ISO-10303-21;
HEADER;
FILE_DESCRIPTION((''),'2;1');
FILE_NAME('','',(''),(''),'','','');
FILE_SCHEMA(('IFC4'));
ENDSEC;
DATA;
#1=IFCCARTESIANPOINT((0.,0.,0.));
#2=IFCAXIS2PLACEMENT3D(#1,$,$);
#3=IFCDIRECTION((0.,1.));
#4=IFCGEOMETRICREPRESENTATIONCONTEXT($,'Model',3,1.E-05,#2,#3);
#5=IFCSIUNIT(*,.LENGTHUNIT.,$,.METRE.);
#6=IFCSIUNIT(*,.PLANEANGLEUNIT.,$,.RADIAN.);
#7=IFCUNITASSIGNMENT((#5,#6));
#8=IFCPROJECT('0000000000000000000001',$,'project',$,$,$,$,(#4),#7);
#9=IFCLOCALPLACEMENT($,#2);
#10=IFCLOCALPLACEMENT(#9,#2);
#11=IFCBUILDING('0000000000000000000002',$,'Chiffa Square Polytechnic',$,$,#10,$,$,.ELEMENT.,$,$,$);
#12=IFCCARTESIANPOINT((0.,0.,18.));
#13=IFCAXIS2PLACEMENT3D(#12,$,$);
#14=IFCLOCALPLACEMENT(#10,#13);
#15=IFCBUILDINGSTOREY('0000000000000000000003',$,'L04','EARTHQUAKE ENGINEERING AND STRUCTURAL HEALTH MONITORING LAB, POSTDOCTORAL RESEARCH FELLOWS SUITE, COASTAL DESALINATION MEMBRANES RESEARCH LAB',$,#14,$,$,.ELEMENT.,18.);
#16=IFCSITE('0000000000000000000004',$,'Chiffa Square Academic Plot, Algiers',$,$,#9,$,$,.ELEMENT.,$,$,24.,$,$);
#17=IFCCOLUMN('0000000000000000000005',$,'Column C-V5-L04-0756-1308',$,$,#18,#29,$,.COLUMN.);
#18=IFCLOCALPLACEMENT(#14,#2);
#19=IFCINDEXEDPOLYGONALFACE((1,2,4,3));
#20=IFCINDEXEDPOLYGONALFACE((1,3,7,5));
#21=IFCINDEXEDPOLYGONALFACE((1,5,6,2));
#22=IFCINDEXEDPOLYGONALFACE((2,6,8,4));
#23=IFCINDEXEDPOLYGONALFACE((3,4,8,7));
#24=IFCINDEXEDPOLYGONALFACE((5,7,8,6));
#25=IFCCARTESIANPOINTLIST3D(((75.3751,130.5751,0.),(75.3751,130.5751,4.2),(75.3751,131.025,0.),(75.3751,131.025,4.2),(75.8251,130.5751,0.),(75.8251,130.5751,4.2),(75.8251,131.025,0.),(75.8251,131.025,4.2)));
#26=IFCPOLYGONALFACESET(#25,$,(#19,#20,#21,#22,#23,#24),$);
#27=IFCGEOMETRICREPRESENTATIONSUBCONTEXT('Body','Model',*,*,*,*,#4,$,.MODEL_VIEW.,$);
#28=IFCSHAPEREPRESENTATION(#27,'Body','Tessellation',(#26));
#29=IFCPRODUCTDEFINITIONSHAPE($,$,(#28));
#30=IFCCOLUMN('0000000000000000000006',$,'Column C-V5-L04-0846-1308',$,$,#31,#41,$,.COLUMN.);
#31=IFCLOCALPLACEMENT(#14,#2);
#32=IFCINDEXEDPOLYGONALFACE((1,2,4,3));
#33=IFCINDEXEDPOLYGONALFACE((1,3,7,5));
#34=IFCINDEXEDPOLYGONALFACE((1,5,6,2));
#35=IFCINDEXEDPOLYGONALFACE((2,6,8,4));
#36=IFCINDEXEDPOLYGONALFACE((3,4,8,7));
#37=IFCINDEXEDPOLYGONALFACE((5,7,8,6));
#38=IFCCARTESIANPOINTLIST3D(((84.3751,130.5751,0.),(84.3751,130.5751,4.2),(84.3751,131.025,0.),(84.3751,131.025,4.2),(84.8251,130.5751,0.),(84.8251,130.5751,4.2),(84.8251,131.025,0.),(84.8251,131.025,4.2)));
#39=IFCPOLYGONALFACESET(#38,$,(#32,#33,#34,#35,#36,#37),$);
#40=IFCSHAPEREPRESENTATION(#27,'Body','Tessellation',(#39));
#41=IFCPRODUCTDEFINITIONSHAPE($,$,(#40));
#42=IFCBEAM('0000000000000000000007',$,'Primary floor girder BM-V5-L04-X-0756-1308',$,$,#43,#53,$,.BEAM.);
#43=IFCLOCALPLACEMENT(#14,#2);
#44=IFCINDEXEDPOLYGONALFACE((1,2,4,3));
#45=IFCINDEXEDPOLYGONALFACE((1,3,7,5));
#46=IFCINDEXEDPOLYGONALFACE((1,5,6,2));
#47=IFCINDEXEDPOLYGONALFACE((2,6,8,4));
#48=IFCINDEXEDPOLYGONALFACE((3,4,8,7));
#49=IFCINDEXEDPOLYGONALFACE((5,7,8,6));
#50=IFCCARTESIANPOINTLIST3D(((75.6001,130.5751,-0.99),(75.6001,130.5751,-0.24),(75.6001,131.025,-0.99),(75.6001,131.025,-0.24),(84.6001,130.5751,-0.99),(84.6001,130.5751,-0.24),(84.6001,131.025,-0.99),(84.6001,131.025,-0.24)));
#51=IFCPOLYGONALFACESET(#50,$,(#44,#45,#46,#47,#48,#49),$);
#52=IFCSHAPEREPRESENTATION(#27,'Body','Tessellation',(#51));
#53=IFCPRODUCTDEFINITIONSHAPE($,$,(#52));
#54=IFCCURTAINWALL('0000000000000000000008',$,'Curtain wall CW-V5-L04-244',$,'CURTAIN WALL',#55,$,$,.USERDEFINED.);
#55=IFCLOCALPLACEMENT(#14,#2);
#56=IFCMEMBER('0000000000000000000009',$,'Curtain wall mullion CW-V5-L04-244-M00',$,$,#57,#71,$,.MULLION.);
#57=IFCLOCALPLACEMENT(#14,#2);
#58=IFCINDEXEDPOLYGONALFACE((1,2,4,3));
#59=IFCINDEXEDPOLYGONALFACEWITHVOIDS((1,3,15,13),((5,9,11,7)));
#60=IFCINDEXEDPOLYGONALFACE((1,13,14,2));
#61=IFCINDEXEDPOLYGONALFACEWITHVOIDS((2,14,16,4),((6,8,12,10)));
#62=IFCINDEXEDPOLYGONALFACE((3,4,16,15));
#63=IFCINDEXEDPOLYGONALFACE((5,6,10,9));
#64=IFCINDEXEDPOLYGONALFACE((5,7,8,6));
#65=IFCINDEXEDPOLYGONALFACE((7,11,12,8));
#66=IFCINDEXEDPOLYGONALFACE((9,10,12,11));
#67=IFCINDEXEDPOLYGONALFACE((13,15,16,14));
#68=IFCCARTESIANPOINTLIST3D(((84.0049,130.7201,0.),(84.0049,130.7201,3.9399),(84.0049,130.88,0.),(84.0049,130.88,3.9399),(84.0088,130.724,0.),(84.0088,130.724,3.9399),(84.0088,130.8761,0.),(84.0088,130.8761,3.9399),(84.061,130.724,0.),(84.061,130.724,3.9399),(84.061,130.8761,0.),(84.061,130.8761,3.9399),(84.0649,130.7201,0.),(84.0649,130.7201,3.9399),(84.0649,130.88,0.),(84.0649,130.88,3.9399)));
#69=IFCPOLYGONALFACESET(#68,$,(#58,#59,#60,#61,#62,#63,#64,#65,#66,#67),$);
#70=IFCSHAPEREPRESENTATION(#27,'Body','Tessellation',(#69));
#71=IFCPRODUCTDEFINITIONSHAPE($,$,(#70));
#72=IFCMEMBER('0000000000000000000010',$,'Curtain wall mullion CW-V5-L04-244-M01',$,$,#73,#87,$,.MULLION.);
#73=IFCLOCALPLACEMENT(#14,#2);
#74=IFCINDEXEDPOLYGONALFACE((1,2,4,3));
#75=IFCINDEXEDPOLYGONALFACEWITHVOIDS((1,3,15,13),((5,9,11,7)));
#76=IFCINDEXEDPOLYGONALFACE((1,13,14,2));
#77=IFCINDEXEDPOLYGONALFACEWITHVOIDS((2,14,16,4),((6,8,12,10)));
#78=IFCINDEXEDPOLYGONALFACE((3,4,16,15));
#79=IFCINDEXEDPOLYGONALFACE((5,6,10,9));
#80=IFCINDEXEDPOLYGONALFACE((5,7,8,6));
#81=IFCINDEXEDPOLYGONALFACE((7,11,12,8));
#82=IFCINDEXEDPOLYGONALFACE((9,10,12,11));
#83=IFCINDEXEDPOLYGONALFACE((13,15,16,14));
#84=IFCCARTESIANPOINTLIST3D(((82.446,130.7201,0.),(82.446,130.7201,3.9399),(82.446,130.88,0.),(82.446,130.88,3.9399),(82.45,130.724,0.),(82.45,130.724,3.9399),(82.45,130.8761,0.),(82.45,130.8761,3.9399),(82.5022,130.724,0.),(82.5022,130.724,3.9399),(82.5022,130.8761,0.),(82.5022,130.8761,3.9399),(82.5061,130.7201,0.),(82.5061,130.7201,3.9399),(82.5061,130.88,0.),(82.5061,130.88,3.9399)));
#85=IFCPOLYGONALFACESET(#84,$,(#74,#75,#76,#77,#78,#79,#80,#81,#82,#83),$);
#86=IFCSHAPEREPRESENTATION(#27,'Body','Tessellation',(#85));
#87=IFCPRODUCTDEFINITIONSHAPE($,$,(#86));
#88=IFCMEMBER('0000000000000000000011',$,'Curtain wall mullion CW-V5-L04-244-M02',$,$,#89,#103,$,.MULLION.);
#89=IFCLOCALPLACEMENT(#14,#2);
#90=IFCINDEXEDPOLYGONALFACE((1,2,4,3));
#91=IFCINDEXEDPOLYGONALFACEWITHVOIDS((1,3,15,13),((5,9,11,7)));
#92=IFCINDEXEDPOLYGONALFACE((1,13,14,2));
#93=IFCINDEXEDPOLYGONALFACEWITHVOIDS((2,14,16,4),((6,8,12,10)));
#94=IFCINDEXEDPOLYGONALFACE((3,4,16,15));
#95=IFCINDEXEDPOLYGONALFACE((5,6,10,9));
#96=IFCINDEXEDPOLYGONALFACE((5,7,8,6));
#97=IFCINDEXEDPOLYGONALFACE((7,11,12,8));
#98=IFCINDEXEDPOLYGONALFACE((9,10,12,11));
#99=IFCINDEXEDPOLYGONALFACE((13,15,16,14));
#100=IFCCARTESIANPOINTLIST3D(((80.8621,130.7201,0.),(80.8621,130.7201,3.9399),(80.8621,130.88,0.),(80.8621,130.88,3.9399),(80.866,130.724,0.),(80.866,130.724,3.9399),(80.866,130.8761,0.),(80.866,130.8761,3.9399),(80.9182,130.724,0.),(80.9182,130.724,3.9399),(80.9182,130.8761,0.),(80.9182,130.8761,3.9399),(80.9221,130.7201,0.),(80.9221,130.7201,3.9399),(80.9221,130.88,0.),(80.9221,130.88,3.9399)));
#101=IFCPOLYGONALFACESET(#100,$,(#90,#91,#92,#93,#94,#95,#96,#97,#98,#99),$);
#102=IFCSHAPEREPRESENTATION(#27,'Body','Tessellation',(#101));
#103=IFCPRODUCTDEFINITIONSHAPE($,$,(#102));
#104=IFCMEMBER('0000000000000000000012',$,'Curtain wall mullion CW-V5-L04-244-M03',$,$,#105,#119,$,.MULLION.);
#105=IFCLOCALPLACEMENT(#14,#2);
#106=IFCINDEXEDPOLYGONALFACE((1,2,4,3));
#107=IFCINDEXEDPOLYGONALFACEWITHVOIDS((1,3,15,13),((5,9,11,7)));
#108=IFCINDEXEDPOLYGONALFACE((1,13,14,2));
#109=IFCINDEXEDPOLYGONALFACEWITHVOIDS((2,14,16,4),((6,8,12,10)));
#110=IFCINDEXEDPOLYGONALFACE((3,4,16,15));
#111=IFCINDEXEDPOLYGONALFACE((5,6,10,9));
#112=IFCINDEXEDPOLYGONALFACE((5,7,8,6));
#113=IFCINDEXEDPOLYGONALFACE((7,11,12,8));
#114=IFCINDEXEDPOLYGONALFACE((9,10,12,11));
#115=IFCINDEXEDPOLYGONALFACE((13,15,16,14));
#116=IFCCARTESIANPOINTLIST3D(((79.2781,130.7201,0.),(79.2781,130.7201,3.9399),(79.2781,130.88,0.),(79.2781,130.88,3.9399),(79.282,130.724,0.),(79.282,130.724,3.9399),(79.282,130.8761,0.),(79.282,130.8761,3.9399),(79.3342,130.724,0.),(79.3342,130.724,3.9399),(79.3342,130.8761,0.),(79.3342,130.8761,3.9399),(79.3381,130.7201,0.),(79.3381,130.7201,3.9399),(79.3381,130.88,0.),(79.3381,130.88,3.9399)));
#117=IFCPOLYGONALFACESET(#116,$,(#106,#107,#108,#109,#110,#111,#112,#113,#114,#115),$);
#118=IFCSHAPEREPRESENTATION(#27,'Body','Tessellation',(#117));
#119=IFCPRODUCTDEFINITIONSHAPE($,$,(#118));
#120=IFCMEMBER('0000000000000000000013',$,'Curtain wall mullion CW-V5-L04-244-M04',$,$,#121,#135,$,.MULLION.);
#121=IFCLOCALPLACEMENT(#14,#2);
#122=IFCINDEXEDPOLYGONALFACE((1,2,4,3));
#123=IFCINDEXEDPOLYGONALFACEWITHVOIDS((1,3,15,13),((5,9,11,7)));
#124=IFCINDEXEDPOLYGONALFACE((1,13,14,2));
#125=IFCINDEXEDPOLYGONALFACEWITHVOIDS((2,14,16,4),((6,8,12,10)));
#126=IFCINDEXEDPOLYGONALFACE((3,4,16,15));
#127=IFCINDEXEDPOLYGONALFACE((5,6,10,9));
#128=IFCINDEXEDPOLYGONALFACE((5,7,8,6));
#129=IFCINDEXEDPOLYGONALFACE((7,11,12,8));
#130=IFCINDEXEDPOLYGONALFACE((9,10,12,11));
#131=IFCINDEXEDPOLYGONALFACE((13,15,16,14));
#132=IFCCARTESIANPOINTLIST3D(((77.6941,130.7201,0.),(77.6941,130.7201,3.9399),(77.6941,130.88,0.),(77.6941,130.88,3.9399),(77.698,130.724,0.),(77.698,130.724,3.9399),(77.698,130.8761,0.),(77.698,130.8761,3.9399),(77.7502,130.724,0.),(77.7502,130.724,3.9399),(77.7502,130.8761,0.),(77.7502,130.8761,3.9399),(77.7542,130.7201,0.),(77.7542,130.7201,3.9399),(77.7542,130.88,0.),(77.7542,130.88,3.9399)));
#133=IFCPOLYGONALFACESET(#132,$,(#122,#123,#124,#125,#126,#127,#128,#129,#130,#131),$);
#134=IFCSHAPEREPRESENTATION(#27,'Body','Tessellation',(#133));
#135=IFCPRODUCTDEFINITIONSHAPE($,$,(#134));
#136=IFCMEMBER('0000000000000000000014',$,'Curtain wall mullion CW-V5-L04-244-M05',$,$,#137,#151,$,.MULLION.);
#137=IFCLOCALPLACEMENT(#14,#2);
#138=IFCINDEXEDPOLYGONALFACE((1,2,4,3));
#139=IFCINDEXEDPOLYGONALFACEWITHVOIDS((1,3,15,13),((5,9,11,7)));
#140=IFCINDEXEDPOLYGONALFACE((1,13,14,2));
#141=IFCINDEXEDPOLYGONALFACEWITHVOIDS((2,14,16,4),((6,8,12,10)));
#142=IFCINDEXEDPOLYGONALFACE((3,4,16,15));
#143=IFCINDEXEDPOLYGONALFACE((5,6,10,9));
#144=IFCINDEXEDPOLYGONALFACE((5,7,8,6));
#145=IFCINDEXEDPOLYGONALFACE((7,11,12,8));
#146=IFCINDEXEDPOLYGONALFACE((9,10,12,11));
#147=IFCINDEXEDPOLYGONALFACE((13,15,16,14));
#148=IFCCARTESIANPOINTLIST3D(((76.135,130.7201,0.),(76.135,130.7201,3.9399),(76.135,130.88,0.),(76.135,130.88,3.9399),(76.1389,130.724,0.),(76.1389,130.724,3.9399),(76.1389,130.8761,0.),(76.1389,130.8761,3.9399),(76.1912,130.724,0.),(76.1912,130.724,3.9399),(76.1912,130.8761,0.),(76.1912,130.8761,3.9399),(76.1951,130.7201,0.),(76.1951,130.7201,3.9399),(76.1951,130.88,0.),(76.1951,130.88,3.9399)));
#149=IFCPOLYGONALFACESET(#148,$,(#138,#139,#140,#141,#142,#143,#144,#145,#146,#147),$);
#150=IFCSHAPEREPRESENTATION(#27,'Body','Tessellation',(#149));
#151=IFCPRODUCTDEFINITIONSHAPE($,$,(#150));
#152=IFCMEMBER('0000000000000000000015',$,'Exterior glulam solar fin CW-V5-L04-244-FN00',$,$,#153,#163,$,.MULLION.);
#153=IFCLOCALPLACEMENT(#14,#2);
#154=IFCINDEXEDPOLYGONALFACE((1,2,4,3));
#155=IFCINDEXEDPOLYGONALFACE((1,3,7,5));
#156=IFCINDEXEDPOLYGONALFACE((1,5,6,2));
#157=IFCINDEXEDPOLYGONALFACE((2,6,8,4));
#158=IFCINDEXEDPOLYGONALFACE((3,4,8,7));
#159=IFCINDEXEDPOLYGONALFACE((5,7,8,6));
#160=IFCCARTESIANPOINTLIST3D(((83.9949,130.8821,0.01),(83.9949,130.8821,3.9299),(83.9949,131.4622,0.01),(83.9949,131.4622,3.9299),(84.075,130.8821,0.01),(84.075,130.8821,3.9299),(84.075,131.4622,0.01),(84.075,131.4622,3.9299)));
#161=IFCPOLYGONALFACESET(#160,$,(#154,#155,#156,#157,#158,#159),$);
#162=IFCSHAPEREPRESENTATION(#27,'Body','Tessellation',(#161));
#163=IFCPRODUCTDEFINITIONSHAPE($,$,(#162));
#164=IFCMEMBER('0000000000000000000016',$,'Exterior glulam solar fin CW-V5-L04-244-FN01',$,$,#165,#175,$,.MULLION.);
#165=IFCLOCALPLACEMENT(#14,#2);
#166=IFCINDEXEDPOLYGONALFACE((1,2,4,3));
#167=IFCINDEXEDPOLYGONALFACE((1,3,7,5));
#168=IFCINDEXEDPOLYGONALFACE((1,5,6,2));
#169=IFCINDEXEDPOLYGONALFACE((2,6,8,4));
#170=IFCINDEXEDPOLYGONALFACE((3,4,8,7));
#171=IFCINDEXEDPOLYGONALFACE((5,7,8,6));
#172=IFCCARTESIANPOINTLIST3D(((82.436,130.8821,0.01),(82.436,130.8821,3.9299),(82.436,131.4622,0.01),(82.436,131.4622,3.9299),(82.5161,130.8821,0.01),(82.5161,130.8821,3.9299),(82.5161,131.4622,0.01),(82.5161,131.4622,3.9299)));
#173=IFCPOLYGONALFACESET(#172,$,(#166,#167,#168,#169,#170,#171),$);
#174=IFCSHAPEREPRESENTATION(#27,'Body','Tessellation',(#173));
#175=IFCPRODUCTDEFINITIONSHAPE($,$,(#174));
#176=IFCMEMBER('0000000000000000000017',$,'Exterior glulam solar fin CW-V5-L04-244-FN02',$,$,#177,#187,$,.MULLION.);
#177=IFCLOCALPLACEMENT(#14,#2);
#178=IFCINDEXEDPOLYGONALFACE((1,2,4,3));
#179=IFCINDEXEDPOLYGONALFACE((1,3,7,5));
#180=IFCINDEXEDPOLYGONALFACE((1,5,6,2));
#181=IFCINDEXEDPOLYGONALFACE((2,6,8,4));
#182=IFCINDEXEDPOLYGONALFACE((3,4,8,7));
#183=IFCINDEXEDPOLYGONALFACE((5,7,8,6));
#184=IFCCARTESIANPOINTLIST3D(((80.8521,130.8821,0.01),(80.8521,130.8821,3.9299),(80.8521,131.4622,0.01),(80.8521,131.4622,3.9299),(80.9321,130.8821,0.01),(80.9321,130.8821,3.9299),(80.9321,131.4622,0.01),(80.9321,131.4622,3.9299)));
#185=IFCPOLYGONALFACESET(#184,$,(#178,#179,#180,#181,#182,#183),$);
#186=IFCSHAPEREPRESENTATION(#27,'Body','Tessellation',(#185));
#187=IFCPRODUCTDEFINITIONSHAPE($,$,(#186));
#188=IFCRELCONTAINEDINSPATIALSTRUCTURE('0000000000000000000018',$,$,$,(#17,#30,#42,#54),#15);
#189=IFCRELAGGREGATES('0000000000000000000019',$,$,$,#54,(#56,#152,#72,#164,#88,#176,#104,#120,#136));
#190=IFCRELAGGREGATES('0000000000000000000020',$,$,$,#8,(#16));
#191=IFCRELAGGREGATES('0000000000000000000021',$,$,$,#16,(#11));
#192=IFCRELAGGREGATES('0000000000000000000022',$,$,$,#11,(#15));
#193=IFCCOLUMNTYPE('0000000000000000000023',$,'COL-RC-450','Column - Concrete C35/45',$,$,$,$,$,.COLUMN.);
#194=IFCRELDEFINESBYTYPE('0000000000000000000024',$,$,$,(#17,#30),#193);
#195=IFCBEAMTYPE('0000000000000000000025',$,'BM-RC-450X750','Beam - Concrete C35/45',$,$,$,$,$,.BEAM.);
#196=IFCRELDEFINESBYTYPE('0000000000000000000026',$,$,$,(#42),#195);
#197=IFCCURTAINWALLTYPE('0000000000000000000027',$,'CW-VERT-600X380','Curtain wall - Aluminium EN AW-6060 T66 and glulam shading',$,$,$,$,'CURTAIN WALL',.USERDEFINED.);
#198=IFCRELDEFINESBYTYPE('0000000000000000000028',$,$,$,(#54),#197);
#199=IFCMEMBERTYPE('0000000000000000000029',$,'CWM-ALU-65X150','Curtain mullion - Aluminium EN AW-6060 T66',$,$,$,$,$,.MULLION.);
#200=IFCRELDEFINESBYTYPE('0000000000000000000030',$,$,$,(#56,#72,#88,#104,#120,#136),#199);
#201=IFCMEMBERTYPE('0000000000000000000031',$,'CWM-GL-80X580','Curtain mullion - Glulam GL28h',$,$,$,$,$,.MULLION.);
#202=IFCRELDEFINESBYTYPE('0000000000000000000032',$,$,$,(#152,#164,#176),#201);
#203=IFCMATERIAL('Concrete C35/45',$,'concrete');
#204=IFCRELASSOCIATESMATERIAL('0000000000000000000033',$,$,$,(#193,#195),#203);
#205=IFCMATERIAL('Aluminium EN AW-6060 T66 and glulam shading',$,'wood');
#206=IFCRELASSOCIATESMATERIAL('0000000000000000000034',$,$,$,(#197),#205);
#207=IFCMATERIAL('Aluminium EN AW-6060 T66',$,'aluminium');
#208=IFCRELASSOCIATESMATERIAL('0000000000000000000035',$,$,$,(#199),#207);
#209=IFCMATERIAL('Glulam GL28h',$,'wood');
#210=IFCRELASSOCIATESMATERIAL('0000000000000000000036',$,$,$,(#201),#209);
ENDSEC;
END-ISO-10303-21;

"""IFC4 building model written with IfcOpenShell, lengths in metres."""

from ifc_helpers import new_model, si_unit, direction, frame, origin, origin_2d, place, context, subcontext, project, spatial, rectangle, hollow_rectangle, extrude, material, material_profile, profile_set, type_object, element, aggregate, save


model = new_model("IFC4")

# Units and contexts
model_context = context("Model", 3, precision=1e-05, world=origin(), true_north=direction((0.0, 1.0)))
body_context = subcontext(model_context, "Body", "Model", "MODEL_VIEW")
ifc_project = project(units=[si_unit("LENGTHUNIT", "METRE"), si_unit("PLANEANGLEUNIT", "RADIAN")], contexts=[model_context])

# Site, building, storey
site_placement = place(None, origin())
site = spatial("IfcSite", under=ifc_project, at=site_placement, Name="Chiffa Square Academic Plot, Algiers", CompositionType="ELEMENT", RefElevation=24.0)
building_placement = place(site_placement, origin())
building = spatial("IfcBuilding", under=site, at=building_placement, Name="Chiffa Square Polytechnic", CompositionType="ELEMENT")
storey_placement = place(building_placement, frame((0.0, 0.0, 18.0)))
storey = spatial("IfcBuildingStorey", under=building, at=storey_placement, Name="L04", Description="EARTHQUAKE ENGINEERING AND STRUCTURAL HEALTH MONITORING LAB, POSTDOCTORAL RESEARCH FELLOWS SUITE, COASTAL DESALINATION MEMBRANES RESEARCH LAB", CompositionType="ELEMENT", Elevation=18.0)

# Columns
ifc_material_1 = material(Name="Concrete C35/45", Category="concrete")
ifc_material_profile_1 = material_profile(ifc_material_1, rectangle(XDim=0.45, YDim=0.45, at=origin_2d()), Name="RC 450x450")
ifc_profile_set_1 = profile_set([ifc_material_profile_1], Name="Concrete C35/45")
column_type = type_object("IfcColumnType", Name="COL-RC-450", Description="Column - Concrete C35/45", PredefinedType="COLUMN", material=ifc_profile_set_1)
for number, where, z_axis, x_axis, name in (
    (1, (75.6001, 130.8, 0.0), (0.0, 0.0, 1.0), (1.0, 0.0, 0.0), "Column C-V5-L04-0756-1308"),
    (2, (84.6001, 130.8, 0.0), (0.0, 0.0, 1.0), (1.0, 0.0, 0.0), "Column C-V5-L04-0846-1308"),
):
    element("IfcColumn", number, at=place(storey_placement, frame(where, z_axis=z_axis, x_axis=x_axis)), inside=storey, type_object=column_type, Name=name, PredefinedType="COLUMN", context=body_context, shape_type="SweptSolid", body=[
        extrude(rectangle(XDim=0.45, YDim=0.45, at=origin_2d()), origin(), (0.0, 0.0, 1.0), 4.2),
    ])

# Beam
ifc_material_profile_2 = material_profile(ifc_material_1, rectangle(XDim=0.45, YDim=0.75, at=origin_2d()), Name="RC 450x750")
ifc_profile_set_2 = profile_set([ifc_material_profile_2], Name="Concrete C35/45")
beam_type_1 = type_object("IfcBeamType", Name="BM-RC-450X750", Description="Beam - Concrete C35/45", PredefinedType="BEAM", material=ifc_profile_set_2)
beam_placement = place(storey_placement, frame((75.6001, 130.8, -0.615), z_axis=(1.0, 0.0, 0.0), x_axis=(0.0, 1.0, 0.0)))
element("IfcBeam", 3, at=beam_placement, inside=storey, type_object=beam_type_1, Name="Primary floor girder BM-V5-L04-X-0756-1308", PredefinedType="BEAM", context=body_context, shape_type="SweptSolid", body=[
    extrude(rectangle(XDim=0.45, YDim=0.75, at=origin_2d()), origin(), (0.0, 0.0, 1.0), 9.0),
])

# Curtain wall, members
ifc_material_2 = material(Name="Aluminium EN AW-6060 T66 and glulam shading", Category="wood")
curtain_wall_type = type_object("IfcCurtainWallType", Name="CW-VERT-600X380", Description="Curtain wall - Aluminium EN AW-6060 T66 and glulam shading", ElementType="CURTAIN WALL", PredefinedType="USERDEFINED", material=ifc_material_2)
curtain_wall_placement = place(storey_placement, origin())
curtain_wall = element("IfcCurtainWall", 4, at=curtain_wall_placement, inside=storey, type_object=curtain_wall_type, Name="Curtain wall CW-V5-L04-244", ObjectType="CURTAIN WALL", PredefinedType="USERDEFINED")
ifc_material_3 = material(Name="Aluminium EN AW-6060 T66", Category="aluminium")
ifc_material_profile_3 = material_profile(ifc_material_3, hollow_rectangle(XDim=0.0601, YDim=0.1599, WallThickness=0.0039, at=origin_2d()), Name="ALU 60x160x4")
ifc_profile_set_3 = profile_set([ifc_material_profile_3], Name="Aluminium EN AW-6060 T66")
member_type_1 = type_object("IfcMemberType", Name="CWM-ALU-65X150", Description="Curtain mullion - Aluminium EN AW-6060 T66", PredefinedType="MULLION", material=ifc_profile_set_3)
member_1_placement = place(storey_placement, frame((84.0349, 130.8, 0.0), z_axis=(0.0, 0.0, 1.0), x_axis=(1.0, 0.0, 0.0)))
member_1 = element("IfcMember", 5, at=member_1_placement, type_object=member_type_1, Name="Curtain wall mullion CW-V5-L04-244-M00", PredefinedType="MULLION", context=body_context, shape_type="SweptSolid", body=[
    extrude(hollow_rectangle(XDim=0.0601, YDim=0.1599, WallThickness=0.0039, at=origin_2d()), origin(), (0.0, 0.0, 1.0), 3.9399),
])
member_2_placement = place(storey_placement, frame((82.4761, 130.8, 0.0), z_axis=(0.0, 0.0, 1.0), x_axis=(1.0, 0.0, 0.0)))
member_2 = element("IfcMember", 6, at=member_2_placement, type_object=member_type_1, Name="Curtain wall mullion CW-V5-L04-244-M01", PredefinedType="MULLION", context=body_context, shape_type="SweptSolid", body=[
    extrude(hollow_rectangle(XDim=0.0601, YDim=0.1599, WallThickness=0.0039, at=origin_2d()), origin(), (0.0, 0.0, 1.0), 3.9399),
])
member_3_placement = place(storey_placement, frame((80.8921, 130.8, 0.0), z_axis=(0.0, 0.0, 1.0), x_axis=(1.0, 0.0, 0.0)))
member_3 = element("IfcMember", 7, at=member_3_placement, type_object=member_type_1, Name="Curtain wall mullion CW-V5-L04-244-M02", PredefinedType="MULLION", context=body_context, shape_type="SweptSolid", body=[
    extrude(hollow_rectangle(XDim=0.0601, YDim=0.1599, WallThickness=0.0039, at=origin_2d()), origin(), (0.0, 0.0, 1.0), 3.9399),
])
member_4_placement = place(storey_placement, frame((79.3081, 130.8, 0.0), z_axis=(0.0, 0.0, 1.0), x_axis=(1.0, 0.0, 0.0)))
member_4 = element("IfcMember", 8, at=member_4_placement, type_object=member_type_1, Name="Curtain wall mullion CW-V5-L04-244-M03", PredefinedType="MULLION", context=body_context, shape_type="SweptSolid", body=[
    extrude(hollow_rectangle(XDim=0.0601, YDim=0.1599, WallThickness=0.0039, at=origin_2d()), origin(), (0.0, 0.0, 1.0), 3.9399),
])
member_5_placement = place(storey_placement, frame((77.7241, 130.8, 0.0), z_axis=(0.0, 0.0, 1.0), x_axis=(1.0, 0.0, 0.0)))
member_5 = element("IfcMember", 9, at=member_5_placement, type_object=member_type_1, Name="Curtain wall mullion CW-V5-L04-244-M04", PredefinedType="MULLION", context=body_context, shape_type="SweptSolid", body=[
    extrude(hollow_rectangle(XDim=0.0601, YDim=0.1599, WallThickness=0.0039, at=origin_2d()), origin(), (0.0, 0.0, 1.0), 3.9399),
])
member_6_placement = place(storey_placement, frame((76.165, 130.8, 0.0), z_axis=(0.0, 0.0, 1.0), x_axis=(1.0, 0.0, 0.0)))
member_6 = element("IfcMember", 10, at=member_6_placement, type_object=member_type_1, Name="Curtain wall mullion CW-V5-L04-244-M05", PredefinedType="MULLION", context=body_context, shape_type="SweptSolid", body=[
    extrude(hollow_rectangle(XDim=0.0601, YDim=0.1599, WallThickness=0.0039, at=origin_2d()), origin(), (0.0, 0.0, 1.0), 3.9399),
])
ifc_material_4 = material(Name="Glulam GL28h", Category="wood")
ifc_material_profile_4 = material_profile(ifc_material_4, rectangle(XDim=0.0801, YDim=0.5801, at=origin_2d()), Name="GL28h 80x580")
ifc_profile_set_4 = profile_set([ifc_material_profile_4], Name="Glulam GL28h")
member_type_2 = type_object("IfcMemberType", Name="CWM-GL-80X580", Description="Curtain mullion - Glulam GL28h", PredefinedType="MULLION", material=ifc_profile_set_4)
member_7_placement = place(storey_placement, frame((84.0349, 131.1721, 0.01), z_axis=(0.0, 0.0, 1.0), x_axis=(-1.0, 0.0, 0.0)))
member_7 = element("IfcMember", 11, at=member_7_placement, type_object=member_type_2, Name="Exterior glulam solar fin CW-V5-L04-244-FN00", PredefinedType="MULLION", context=body_context, shape_type="SweptSolid", body=[
    extrude(rectangle(XDim=0.0801, YDim=0.5801, at=origin_2d()), origin(), (0.0, 0.0, 1.0), 3.9199),
])
member_8_placement = place(storey_placement, frame((82.4761, 131.1721, 0.01), z_axis=(0.0, 0.0, 1.0), x_axis=(-1.0, 0.0, 0.0)))
member_8 = element("IfcMember", 12, at=member_8_placement, type_object=member_type_2, Name="Exterior glulam solar fin CW-V5-L04-244-FN01", PredefinedType="MULLION", context=body_context, shape_type="SweptSolid", body=[
    extrude(rectangle(XDim=0.0801, YDim=0.5801, at=origin_2d()), origin(), (0.0, 0.0, 1.0), 3.9199),
])
member_9_placement = place(storey_placement, frame((80.8921, 131.1721, 0.01), z_axis=(0.0, 0.0, 1.0), x_axis=(-1.0, 0.0, 0.0)))
member_9 = element("IfcMember", 13, at=member_9_placement, type_object=member_type_2, Name="Exterior glulam solar fin CW-V5-L04-244-FN02", PredefinedType="MULLION", context=body_context, shape_type="SweptSolid", body=[
    extrude(rectangle(XDim=0.0801, YDim=0.5801, at=origin_2d()), origin(), (0.0, 0.0, 1.0), 3.9199),
])

aggregate(curtain_wall, [member_1, member_7, member_2, member_8, member_3, member_9, member_4, member_5, member_6])

save(model, "model.ifc")
